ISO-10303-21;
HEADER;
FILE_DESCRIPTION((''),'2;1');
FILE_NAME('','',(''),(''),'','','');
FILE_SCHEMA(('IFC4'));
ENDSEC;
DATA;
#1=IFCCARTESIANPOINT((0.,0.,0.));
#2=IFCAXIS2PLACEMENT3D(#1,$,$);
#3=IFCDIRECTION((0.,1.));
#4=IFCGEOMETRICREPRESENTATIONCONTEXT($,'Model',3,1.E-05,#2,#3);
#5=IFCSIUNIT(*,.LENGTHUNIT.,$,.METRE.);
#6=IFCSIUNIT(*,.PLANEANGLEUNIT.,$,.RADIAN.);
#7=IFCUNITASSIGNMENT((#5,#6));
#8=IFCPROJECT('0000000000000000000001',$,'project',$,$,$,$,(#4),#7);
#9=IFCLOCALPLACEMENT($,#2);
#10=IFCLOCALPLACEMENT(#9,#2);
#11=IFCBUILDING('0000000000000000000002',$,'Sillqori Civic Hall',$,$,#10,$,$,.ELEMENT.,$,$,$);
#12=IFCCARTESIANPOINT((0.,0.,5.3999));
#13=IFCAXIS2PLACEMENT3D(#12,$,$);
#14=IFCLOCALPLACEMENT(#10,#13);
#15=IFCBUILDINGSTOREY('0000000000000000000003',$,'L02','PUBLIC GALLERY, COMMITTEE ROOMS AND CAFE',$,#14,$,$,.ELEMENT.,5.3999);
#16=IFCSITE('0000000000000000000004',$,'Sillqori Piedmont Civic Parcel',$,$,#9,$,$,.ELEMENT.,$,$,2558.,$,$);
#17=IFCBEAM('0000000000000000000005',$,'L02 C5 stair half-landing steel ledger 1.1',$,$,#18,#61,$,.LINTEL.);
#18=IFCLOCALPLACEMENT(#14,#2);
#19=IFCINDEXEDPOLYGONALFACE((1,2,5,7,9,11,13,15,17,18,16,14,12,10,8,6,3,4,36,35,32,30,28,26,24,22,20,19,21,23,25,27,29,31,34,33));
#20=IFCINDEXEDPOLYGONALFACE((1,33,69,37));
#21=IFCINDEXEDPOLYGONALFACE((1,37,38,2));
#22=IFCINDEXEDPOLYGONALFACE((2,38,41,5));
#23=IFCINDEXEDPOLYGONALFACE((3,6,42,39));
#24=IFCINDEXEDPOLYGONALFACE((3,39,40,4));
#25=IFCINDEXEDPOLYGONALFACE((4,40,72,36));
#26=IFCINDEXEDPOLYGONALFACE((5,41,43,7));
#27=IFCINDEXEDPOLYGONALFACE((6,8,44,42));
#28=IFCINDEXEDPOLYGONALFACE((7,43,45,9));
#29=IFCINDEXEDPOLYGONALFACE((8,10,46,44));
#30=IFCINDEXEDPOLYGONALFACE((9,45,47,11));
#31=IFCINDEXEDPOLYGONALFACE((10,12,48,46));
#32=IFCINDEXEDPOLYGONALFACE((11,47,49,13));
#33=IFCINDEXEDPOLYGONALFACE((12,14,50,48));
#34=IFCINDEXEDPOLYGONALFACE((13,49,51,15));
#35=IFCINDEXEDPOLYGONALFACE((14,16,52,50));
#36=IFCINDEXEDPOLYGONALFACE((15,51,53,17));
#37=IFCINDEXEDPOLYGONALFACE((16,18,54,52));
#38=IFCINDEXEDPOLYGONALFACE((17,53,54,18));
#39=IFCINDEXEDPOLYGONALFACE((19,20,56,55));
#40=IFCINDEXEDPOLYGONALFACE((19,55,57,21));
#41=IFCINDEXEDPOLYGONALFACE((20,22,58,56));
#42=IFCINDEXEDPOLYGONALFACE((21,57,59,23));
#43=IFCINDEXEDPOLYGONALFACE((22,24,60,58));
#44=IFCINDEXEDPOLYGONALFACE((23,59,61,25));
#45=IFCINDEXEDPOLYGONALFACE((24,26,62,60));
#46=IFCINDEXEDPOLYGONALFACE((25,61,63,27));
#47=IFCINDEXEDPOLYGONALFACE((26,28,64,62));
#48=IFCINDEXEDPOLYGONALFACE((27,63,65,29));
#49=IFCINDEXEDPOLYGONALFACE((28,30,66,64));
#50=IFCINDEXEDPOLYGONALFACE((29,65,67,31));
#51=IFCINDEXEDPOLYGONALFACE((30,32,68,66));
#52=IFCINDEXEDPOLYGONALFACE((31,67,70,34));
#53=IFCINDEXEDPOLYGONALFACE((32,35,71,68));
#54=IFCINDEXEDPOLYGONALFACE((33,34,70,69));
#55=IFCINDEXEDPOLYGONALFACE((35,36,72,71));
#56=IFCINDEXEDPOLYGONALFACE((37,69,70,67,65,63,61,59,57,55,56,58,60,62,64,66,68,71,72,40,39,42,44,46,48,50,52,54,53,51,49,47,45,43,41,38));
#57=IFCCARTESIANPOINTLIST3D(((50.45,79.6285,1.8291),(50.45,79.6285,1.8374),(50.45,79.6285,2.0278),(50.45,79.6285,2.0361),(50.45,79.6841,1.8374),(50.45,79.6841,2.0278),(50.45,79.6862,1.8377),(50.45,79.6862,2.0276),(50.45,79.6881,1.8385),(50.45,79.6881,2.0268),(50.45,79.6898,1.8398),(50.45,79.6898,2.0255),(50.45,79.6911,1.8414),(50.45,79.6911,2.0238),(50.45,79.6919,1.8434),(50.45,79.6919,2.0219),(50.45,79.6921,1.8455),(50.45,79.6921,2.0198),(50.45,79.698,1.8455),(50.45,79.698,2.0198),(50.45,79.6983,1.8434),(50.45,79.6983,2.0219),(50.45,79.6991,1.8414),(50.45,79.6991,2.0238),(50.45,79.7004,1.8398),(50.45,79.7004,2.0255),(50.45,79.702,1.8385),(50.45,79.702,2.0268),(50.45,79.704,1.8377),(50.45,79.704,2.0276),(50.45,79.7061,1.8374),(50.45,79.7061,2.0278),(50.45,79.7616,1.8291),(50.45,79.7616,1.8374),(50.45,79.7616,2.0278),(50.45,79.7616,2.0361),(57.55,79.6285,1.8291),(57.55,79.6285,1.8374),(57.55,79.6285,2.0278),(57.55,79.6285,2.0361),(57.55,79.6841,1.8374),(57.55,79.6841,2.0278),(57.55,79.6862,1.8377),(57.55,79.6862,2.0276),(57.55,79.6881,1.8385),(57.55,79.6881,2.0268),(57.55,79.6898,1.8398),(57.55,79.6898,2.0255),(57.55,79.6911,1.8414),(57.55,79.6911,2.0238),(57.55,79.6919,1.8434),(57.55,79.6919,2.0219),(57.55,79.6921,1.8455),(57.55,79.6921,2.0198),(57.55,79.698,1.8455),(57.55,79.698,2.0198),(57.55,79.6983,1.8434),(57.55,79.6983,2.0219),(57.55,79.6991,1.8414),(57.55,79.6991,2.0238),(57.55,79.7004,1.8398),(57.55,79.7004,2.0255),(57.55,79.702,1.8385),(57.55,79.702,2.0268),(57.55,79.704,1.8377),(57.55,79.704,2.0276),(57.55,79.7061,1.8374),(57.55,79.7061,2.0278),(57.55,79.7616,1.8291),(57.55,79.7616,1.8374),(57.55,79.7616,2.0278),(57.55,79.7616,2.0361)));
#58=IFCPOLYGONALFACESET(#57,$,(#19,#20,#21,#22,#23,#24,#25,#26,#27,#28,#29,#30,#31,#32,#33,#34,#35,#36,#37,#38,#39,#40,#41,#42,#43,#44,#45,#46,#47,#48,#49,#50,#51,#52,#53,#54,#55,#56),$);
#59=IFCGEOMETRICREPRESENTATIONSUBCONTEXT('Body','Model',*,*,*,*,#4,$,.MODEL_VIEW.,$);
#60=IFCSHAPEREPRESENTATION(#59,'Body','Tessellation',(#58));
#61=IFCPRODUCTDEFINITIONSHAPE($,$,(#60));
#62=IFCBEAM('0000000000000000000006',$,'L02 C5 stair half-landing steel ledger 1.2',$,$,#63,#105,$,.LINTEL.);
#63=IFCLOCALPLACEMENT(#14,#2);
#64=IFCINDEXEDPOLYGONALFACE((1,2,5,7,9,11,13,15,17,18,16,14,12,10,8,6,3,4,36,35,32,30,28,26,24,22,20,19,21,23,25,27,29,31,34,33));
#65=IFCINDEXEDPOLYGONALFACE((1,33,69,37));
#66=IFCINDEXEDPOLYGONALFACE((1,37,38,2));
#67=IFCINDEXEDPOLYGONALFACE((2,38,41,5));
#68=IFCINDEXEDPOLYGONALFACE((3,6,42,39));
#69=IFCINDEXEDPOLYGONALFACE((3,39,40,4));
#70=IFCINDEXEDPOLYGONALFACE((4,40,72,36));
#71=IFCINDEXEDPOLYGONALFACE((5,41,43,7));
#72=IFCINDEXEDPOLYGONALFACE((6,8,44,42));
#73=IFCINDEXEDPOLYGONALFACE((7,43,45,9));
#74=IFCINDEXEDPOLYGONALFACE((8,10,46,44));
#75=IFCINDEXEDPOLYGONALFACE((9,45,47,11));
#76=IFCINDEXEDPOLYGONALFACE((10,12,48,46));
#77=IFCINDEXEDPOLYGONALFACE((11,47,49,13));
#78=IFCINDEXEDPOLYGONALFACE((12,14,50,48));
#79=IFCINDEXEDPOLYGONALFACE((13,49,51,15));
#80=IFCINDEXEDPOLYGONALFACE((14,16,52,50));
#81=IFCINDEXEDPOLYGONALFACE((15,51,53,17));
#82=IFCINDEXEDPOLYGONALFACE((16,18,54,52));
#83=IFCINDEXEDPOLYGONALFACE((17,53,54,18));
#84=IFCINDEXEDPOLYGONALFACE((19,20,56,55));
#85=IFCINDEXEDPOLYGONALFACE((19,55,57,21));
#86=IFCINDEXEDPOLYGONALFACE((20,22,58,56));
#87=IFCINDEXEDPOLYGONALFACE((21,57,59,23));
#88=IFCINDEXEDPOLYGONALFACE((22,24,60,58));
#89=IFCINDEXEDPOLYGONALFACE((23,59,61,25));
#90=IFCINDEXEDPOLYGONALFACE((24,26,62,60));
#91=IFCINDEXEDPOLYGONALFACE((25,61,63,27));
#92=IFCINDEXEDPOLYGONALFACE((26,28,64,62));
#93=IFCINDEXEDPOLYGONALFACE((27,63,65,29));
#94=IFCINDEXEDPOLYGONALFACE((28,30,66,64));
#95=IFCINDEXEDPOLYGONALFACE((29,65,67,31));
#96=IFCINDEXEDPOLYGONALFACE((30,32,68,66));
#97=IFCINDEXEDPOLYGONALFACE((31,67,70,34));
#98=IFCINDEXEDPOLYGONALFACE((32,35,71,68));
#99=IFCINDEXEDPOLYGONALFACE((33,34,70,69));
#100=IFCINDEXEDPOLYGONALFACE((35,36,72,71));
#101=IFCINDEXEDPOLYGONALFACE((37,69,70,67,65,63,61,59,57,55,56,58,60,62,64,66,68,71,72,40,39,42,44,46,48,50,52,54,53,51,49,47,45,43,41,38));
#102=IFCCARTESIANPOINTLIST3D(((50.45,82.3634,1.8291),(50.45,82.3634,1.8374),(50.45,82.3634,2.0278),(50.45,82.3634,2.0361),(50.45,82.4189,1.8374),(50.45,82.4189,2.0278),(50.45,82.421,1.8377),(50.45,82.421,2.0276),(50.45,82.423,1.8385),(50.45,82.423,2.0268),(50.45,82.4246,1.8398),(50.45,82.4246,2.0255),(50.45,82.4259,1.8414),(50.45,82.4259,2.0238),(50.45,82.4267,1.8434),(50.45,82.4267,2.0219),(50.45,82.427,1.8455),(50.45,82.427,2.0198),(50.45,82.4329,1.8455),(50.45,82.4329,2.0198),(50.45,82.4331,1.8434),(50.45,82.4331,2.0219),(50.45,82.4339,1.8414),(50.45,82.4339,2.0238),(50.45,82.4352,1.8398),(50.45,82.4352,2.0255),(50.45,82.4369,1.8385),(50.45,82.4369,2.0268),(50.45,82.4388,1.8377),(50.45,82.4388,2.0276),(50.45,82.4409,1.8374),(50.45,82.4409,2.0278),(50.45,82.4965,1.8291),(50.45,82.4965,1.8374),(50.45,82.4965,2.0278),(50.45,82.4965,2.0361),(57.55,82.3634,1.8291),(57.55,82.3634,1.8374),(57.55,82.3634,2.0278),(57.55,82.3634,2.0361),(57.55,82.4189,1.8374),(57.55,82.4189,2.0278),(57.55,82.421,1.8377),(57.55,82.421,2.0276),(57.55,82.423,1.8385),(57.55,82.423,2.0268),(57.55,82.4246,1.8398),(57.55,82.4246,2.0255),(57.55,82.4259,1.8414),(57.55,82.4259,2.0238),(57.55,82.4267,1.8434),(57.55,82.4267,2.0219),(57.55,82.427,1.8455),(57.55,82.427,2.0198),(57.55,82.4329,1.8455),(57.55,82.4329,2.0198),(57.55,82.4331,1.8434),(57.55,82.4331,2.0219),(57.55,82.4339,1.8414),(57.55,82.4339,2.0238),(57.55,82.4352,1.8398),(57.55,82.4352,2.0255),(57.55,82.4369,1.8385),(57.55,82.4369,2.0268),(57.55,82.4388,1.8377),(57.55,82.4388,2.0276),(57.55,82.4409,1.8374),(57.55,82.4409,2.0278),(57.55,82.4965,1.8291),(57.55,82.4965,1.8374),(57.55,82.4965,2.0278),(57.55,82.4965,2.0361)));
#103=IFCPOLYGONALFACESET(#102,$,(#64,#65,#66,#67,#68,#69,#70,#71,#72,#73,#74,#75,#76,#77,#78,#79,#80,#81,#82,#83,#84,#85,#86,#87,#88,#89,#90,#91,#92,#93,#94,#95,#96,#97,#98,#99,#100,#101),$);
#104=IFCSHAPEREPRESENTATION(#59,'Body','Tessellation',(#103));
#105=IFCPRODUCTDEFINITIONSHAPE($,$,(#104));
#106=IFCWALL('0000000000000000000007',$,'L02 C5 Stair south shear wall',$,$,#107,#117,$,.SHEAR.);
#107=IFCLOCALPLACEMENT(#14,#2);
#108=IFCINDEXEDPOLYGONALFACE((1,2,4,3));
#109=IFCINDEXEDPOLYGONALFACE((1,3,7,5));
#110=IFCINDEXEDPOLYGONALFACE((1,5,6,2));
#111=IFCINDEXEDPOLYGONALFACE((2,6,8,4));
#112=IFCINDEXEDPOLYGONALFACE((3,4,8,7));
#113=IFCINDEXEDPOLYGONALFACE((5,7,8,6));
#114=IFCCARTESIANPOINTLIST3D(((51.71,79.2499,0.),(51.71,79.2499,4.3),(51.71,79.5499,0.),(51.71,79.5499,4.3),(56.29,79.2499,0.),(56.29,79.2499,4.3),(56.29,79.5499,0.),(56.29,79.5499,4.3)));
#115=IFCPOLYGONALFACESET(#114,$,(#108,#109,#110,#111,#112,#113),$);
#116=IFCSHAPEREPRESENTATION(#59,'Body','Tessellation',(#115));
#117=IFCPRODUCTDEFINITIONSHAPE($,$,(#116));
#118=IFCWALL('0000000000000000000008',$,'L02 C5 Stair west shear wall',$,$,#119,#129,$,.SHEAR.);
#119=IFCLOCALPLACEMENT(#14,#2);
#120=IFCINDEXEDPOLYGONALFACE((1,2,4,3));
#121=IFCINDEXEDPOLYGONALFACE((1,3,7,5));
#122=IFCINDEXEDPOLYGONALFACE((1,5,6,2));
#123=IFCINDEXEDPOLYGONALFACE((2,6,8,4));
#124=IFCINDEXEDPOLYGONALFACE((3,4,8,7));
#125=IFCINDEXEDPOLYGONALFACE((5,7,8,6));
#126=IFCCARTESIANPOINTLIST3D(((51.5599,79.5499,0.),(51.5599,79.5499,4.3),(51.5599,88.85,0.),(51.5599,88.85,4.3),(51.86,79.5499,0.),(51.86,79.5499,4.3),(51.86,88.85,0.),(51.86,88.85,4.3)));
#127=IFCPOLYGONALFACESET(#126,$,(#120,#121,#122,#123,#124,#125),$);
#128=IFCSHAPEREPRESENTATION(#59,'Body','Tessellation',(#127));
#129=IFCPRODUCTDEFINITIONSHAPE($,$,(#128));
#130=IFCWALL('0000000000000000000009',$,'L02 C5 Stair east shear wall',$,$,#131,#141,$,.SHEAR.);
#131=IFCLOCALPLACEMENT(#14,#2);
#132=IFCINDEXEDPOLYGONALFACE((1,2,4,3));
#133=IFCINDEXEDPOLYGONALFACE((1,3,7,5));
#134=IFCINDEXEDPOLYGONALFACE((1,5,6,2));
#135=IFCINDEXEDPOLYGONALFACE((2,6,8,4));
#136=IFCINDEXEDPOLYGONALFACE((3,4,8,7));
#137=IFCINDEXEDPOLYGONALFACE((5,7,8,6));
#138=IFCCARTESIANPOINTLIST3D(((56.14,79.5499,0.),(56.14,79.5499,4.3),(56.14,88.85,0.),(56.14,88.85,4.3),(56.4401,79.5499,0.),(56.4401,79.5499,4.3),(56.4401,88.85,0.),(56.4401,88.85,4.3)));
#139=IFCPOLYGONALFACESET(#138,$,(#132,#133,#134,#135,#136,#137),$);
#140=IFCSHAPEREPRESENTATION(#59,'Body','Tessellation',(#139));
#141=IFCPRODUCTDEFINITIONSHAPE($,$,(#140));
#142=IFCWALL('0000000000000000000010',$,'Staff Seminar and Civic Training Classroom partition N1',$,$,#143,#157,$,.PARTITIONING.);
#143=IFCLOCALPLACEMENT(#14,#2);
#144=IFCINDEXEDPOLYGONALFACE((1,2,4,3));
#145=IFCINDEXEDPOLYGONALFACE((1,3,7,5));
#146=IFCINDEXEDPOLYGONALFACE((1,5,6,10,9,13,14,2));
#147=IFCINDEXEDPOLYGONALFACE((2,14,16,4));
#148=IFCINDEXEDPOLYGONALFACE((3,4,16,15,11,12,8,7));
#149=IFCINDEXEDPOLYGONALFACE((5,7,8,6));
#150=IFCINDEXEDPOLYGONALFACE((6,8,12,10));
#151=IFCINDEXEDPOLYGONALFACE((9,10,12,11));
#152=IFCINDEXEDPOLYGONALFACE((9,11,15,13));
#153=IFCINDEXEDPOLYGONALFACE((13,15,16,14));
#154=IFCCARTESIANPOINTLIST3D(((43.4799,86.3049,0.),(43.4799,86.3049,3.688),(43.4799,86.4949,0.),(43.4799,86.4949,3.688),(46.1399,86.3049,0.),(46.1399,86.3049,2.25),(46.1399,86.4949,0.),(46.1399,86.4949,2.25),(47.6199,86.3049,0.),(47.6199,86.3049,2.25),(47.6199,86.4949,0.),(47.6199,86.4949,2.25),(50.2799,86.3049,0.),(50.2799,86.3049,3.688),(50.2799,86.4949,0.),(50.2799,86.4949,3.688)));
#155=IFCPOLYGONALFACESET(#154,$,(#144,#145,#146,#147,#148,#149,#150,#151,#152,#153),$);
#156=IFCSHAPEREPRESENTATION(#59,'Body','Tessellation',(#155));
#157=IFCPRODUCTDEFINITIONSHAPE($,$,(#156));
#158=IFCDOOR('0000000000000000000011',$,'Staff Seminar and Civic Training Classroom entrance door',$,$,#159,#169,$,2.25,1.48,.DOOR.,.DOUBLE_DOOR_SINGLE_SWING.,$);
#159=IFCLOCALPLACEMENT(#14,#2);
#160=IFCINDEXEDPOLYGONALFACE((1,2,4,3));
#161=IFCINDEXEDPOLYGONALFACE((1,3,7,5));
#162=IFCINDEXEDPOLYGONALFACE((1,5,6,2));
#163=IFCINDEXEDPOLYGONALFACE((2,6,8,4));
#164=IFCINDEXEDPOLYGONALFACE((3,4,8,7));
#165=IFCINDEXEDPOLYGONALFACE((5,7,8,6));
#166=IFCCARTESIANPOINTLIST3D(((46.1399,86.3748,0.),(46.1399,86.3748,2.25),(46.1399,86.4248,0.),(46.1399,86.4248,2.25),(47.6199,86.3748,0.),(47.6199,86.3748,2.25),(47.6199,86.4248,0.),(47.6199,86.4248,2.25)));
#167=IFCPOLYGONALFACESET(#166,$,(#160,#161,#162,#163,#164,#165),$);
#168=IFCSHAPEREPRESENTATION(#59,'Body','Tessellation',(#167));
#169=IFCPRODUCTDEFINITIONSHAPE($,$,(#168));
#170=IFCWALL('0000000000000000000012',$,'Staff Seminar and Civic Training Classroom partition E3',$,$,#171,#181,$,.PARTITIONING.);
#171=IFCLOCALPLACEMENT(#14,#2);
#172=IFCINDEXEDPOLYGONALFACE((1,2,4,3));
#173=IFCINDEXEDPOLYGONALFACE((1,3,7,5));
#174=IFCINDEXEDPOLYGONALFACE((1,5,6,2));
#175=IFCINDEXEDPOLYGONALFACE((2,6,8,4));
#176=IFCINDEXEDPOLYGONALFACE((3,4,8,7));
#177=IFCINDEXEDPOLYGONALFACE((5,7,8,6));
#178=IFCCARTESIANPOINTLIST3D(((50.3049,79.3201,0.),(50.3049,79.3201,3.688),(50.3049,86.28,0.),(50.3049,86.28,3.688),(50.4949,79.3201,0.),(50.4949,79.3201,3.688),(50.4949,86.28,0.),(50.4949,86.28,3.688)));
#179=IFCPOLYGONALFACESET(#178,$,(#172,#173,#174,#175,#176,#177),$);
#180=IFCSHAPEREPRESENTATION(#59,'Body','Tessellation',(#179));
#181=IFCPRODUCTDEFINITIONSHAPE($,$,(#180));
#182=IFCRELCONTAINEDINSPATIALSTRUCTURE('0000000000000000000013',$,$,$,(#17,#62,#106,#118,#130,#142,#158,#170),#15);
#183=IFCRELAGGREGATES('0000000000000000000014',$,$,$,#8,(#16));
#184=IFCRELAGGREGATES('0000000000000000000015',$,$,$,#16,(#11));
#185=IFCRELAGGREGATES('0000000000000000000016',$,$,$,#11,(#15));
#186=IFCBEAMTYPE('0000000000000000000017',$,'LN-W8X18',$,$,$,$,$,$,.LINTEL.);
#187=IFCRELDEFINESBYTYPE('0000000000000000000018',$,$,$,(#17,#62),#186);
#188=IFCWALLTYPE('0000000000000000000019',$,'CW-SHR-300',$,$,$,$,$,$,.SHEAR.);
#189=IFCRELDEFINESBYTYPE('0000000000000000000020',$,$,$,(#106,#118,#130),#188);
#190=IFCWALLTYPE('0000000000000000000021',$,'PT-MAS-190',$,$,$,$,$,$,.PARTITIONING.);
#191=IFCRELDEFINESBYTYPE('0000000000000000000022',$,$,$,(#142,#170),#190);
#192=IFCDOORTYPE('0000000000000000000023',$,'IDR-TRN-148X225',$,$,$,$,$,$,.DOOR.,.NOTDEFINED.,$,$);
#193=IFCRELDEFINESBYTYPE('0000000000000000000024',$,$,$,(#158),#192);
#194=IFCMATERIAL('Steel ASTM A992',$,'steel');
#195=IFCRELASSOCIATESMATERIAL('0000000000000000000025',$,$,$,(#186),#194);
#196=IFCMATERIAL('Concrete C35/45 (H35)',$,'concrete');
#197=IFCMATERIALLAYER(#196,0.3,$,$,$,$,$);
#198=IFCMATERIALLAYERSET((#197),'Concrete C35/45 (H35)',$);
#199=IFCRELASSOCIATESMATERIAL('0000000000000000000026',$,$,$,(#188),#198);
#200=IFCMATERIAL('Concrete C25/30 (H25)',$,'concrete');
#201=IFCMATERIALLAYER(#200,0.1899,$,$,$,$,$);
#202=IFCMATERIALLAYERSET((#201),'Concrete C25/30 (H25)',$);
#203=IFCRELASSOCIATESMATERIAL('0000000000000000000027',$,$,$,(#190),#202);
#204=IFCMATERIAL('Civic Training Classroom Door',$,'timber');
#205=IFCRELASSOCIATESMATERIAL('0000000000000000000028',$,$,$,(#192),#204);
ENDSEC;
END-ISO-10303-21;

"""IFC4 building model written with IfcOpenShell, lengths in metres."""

from ifc_helpers import new_model, si_unit, direction, frame, frame_2d, origin, origin_2d, place, context, subcontext, project, spatial, rectangle, i_section, extrude, material, layer, layer_set, material_profile, profile_set, type_object, element, fill, save


model = new_model("IFC4")

# Units and contexts
model_context = context("Model", 3, precision=1e-05, world=origin(), true_north=direction((0.0, 1.0)))
body_context = subcontext(model_context, "Body", "Model", "MODEL_VIEW")
ifc_project = project(units=[si_unit("LENGTHUNIT", "METRE"), si_unit("PLANEANGLEUNIT", "RADIAN")], contexts=[model_context])

# Site, building, storey
site_placement = place(None, origin())
site = spatial("IfcSite", under=ifc_project, at=site_placement, Name="Sillqori Piedmont Civic Parcel", CompositionType="ELEMENT", RefElevation=2558.0)
building_placement = place(site_placement, origin())
building = spatial("IfcBuilding", under=site, at=building_placement, Name="Sillqori Civic Hall", CompositionType="ELEMENT")
storey_placement = place(building_placement, frame((0.0, 0.0, 5.3999)))
storey = spatial("IfcBuildingStorey", under=building, at=storey_placement, Name="L02", Description="PUBLIC GALLERY, COMMITTEE ROOMS AND CAFE", CompositionType="ELEMENT", Elevation=5.3999)

# Shared definitions
ifc_material_1 = material(Name="Steel ASTM A992", Category="steel")

# Beams
ifc_material_profile_1 = material_profile(ifc_material_1, i_section(OverallWidth=0.1331, OverallDepth=0.207, WebThickness=0.0059, FlangeThickness=0.0083, FilletRadius=0.0081, at=origin_2d()), Name="W8X18")
ifc_profile_set_1 = profile_set([ifc_material_profile_1], Name="Steel ASTM A992")
beam_type_1 = type_object("IfcBeamType", Name="LN-W8X18", PredefinedType="LINTEL", material=ifc_profile_set_1)
for number, where, z_axis, x_axis, name in (
    (1, (50.45, 79.6951, 1.9326), (1.0, 0.0, 0.0), (0.0, 1.0, 0.0), "L02 C5 stair half-landing steel ledger 1.1"),
    (2, (50.45, 82.4299, 1.9326), (1.0, 0.0, 0.0), (0.0, 1.0, 0.0), "L02 C5 stair half-landing steel ledger 1.2"),
):
    element("IfcBeam", number, at=place(storey_placement, frame(where, z_axis=z_axis, x_axis=x_axis)), inside=storey, type_object=beam_type_1, Name=name, PredefinedType="LINTEL", context=body_context, shape_type="SweptSolid", body=[
        extrude(i_section(OverallWidth=0.1331, OverallDepth=0.207, WebThickness=0.0059, FlangeThickness=0.0083, FilletRadius=0.0081, at=origin_2d()), origin(), (0.0, 0.0, 1.0), 7.1001),
    ])

# Walls
ifc_material_2 = material(Name="Concrete C35/45 (H35)", Category="concrete")
ifc_layer_1 = layer(ifc_material_2, 0.3)
ifc_layer_set_1 = layer_set([ifc_layer_1], Name="Concrete C35/45 (H35)")
wall_type_1 = type_object("IfcWallType", Name="CW-SHR-300", PredefinedType="SHEAR", material=ifc_layer_set_1)
wall_1_placement = place(storey_placement, frame((51.71, 79.3999, 0.0), z_axis=(0.0, 0.0, 1.0), x_axis=(1.0, 0.0, 0.0)))
element("IfcWall", 3, at=wall_1_placement, inside=storey, type_object=wall_type_1, Name="L02 C5 Stair south shear wall", PredefinedType="SHEAR", context=body_context, shape_type="SweptSolid", body=[
    extrude(rectangle(XDim=4.5801, YDim=0.3, at=frame_2d((2.29, 0.0))), origin(), (0.0, 0.0, 1.0), 4.3),
])
for number, where, z_axis, x_axis, name in (
    (4, (51.71, 79.55, 0.0), (0.0, 0.0, 1.0), (0.0, 1.0, 0.0), "L02 C5 Stair west shear wall"),
    (5, (56.29, 79.55, 0.0), (0.0, 0.0, 1.0), (0.0, 1.0, 0.0), "L02 C5 Stair east shear wall"),
):
    element("IfcWall", number, at=place(storey_placement, frame(where, z_axis=z_axis, x_axis=x_axis)), inside=storey, type_object=wall_type_1, Name=name, PredefinedType="SHEAR", context=body_context, shape_type="SweptSolid", body=[
        extrude(rectangle(XDim=9.3, YDim=0.3, at=frame_2d((4.6499, 0.0))), origin(), (0.0, 0.0, 1.0), 4.3),
    ])

# Wall, opening, door
ifc_material_3 = material(Name="Concrete C25/30 (H25)", Category="concrete")
ifc_layer_2 = layer(ifc_material_3, 0.1899)
ifc_layer_set_2 = layer_set([ifc_layer_2], Name="Concrete C25/30 (H25)")
wall_type_2 = type_object("IfcWallType", Name="PT-MAS-190", PredefinedType="PARTITIONING", material=ifc_layer_set_2)
wall_2_placement = place(storey_placement, frame((43.48, 86.3999, 0.0), z_axis=(0.0, 0.0, 1.0), x_axis=(1.0, 0.0, 0.0)))
wall_2 = element("IfcWall", 6, at=wall_2_placement, inside=storey, type_object=wall_type_2, Name="Staff Seminar and Civic Training Classroom partition N1", PredefinedType="PARTITIONING", context=body_context, shape_type="SweptSolid", body=[
    extrude(rectangle(XDim=6.8, YDim=0.1899, at=frame_2d((3.3999, 0.0))), origin(), (0.0, 0.0, 1.0), 3.688),
])
opening_placement = place(wall_2_placement, frame((2.6599, 0.0, 0.0)))
opening = element("IfcOpeningElement", 7, at=opening_placement, cuts=wall_2, PredefinedType="OPENING", context=body_context, shape_type="SweptSolid", body=[
    extrude(rectangle(XDim=1.48, YDim=2.25, at=frame_2d((0.74, 1.125))), frame((0.0, 0.105, 0.0), z_axis=(0.0, -1.0, 0.0), x_axis=(1.0, 0.0, 0.0)), (0.0, 0.0, 1.0), 0.21),
])
ifc_material_4 = material(Name="Civic Training Classroom Door", Category="timber")
door_type = type_object("IfcDoorType", Name="IDR-TRN-148X225", OperationType="NOTDEFINED", PredefinedType="DOOR", material=ifc_material_4)
door_placement = place(opening_placement, origin())
door = element("IfcDoor", 8, at=door_placement, inside=storey, type_object=door_type, Name="Staff Seminar and Civic Training Classroom entrance door", OperationType="DOUBLE_DOOR_SINGLE_SWING", OverallHeight=2.25, OverallWidth=1.48, PredefinedType="DOOR", context=body_context, shape_type="SweptSolid", body=[
    extrude(rectangle(XDim=1.48, YDim=2.25, at=frame_2d((0.74, 1.125))), frame((0.0, 0.0249, 0.0), z_axis=(0.0, -1.0, 0.0), x_axis=(1.0, 0.0, 0.0)), (0.0, 0.0, 1.0), 0.05),
])
fill(opening, door)

# Wall
wall_3_placement = place(storey_placement, frame((50.3999, 86.28, 0.0), z_axis=(0.0, 0.0, 1.0), x_axis=(0.0, -1.0, 0.0)))
element("IfcWall", 9, at=wall_3_placement, inside=storey, type_object=wall_type_2, Name="Staff Seminar and Civic Training Classroom partition E3", PredefinedType="PARTITIONING", context=body_context, shape_type="SweptSolid", body=[
    extrude(rectangle(XDim=6.96, YDim=0.1899, at=frame_2d((3.48, 0.0))), origin(), (0.0, 0.0, 1.0), 3.688),
])

save(model, "model.ifc")
